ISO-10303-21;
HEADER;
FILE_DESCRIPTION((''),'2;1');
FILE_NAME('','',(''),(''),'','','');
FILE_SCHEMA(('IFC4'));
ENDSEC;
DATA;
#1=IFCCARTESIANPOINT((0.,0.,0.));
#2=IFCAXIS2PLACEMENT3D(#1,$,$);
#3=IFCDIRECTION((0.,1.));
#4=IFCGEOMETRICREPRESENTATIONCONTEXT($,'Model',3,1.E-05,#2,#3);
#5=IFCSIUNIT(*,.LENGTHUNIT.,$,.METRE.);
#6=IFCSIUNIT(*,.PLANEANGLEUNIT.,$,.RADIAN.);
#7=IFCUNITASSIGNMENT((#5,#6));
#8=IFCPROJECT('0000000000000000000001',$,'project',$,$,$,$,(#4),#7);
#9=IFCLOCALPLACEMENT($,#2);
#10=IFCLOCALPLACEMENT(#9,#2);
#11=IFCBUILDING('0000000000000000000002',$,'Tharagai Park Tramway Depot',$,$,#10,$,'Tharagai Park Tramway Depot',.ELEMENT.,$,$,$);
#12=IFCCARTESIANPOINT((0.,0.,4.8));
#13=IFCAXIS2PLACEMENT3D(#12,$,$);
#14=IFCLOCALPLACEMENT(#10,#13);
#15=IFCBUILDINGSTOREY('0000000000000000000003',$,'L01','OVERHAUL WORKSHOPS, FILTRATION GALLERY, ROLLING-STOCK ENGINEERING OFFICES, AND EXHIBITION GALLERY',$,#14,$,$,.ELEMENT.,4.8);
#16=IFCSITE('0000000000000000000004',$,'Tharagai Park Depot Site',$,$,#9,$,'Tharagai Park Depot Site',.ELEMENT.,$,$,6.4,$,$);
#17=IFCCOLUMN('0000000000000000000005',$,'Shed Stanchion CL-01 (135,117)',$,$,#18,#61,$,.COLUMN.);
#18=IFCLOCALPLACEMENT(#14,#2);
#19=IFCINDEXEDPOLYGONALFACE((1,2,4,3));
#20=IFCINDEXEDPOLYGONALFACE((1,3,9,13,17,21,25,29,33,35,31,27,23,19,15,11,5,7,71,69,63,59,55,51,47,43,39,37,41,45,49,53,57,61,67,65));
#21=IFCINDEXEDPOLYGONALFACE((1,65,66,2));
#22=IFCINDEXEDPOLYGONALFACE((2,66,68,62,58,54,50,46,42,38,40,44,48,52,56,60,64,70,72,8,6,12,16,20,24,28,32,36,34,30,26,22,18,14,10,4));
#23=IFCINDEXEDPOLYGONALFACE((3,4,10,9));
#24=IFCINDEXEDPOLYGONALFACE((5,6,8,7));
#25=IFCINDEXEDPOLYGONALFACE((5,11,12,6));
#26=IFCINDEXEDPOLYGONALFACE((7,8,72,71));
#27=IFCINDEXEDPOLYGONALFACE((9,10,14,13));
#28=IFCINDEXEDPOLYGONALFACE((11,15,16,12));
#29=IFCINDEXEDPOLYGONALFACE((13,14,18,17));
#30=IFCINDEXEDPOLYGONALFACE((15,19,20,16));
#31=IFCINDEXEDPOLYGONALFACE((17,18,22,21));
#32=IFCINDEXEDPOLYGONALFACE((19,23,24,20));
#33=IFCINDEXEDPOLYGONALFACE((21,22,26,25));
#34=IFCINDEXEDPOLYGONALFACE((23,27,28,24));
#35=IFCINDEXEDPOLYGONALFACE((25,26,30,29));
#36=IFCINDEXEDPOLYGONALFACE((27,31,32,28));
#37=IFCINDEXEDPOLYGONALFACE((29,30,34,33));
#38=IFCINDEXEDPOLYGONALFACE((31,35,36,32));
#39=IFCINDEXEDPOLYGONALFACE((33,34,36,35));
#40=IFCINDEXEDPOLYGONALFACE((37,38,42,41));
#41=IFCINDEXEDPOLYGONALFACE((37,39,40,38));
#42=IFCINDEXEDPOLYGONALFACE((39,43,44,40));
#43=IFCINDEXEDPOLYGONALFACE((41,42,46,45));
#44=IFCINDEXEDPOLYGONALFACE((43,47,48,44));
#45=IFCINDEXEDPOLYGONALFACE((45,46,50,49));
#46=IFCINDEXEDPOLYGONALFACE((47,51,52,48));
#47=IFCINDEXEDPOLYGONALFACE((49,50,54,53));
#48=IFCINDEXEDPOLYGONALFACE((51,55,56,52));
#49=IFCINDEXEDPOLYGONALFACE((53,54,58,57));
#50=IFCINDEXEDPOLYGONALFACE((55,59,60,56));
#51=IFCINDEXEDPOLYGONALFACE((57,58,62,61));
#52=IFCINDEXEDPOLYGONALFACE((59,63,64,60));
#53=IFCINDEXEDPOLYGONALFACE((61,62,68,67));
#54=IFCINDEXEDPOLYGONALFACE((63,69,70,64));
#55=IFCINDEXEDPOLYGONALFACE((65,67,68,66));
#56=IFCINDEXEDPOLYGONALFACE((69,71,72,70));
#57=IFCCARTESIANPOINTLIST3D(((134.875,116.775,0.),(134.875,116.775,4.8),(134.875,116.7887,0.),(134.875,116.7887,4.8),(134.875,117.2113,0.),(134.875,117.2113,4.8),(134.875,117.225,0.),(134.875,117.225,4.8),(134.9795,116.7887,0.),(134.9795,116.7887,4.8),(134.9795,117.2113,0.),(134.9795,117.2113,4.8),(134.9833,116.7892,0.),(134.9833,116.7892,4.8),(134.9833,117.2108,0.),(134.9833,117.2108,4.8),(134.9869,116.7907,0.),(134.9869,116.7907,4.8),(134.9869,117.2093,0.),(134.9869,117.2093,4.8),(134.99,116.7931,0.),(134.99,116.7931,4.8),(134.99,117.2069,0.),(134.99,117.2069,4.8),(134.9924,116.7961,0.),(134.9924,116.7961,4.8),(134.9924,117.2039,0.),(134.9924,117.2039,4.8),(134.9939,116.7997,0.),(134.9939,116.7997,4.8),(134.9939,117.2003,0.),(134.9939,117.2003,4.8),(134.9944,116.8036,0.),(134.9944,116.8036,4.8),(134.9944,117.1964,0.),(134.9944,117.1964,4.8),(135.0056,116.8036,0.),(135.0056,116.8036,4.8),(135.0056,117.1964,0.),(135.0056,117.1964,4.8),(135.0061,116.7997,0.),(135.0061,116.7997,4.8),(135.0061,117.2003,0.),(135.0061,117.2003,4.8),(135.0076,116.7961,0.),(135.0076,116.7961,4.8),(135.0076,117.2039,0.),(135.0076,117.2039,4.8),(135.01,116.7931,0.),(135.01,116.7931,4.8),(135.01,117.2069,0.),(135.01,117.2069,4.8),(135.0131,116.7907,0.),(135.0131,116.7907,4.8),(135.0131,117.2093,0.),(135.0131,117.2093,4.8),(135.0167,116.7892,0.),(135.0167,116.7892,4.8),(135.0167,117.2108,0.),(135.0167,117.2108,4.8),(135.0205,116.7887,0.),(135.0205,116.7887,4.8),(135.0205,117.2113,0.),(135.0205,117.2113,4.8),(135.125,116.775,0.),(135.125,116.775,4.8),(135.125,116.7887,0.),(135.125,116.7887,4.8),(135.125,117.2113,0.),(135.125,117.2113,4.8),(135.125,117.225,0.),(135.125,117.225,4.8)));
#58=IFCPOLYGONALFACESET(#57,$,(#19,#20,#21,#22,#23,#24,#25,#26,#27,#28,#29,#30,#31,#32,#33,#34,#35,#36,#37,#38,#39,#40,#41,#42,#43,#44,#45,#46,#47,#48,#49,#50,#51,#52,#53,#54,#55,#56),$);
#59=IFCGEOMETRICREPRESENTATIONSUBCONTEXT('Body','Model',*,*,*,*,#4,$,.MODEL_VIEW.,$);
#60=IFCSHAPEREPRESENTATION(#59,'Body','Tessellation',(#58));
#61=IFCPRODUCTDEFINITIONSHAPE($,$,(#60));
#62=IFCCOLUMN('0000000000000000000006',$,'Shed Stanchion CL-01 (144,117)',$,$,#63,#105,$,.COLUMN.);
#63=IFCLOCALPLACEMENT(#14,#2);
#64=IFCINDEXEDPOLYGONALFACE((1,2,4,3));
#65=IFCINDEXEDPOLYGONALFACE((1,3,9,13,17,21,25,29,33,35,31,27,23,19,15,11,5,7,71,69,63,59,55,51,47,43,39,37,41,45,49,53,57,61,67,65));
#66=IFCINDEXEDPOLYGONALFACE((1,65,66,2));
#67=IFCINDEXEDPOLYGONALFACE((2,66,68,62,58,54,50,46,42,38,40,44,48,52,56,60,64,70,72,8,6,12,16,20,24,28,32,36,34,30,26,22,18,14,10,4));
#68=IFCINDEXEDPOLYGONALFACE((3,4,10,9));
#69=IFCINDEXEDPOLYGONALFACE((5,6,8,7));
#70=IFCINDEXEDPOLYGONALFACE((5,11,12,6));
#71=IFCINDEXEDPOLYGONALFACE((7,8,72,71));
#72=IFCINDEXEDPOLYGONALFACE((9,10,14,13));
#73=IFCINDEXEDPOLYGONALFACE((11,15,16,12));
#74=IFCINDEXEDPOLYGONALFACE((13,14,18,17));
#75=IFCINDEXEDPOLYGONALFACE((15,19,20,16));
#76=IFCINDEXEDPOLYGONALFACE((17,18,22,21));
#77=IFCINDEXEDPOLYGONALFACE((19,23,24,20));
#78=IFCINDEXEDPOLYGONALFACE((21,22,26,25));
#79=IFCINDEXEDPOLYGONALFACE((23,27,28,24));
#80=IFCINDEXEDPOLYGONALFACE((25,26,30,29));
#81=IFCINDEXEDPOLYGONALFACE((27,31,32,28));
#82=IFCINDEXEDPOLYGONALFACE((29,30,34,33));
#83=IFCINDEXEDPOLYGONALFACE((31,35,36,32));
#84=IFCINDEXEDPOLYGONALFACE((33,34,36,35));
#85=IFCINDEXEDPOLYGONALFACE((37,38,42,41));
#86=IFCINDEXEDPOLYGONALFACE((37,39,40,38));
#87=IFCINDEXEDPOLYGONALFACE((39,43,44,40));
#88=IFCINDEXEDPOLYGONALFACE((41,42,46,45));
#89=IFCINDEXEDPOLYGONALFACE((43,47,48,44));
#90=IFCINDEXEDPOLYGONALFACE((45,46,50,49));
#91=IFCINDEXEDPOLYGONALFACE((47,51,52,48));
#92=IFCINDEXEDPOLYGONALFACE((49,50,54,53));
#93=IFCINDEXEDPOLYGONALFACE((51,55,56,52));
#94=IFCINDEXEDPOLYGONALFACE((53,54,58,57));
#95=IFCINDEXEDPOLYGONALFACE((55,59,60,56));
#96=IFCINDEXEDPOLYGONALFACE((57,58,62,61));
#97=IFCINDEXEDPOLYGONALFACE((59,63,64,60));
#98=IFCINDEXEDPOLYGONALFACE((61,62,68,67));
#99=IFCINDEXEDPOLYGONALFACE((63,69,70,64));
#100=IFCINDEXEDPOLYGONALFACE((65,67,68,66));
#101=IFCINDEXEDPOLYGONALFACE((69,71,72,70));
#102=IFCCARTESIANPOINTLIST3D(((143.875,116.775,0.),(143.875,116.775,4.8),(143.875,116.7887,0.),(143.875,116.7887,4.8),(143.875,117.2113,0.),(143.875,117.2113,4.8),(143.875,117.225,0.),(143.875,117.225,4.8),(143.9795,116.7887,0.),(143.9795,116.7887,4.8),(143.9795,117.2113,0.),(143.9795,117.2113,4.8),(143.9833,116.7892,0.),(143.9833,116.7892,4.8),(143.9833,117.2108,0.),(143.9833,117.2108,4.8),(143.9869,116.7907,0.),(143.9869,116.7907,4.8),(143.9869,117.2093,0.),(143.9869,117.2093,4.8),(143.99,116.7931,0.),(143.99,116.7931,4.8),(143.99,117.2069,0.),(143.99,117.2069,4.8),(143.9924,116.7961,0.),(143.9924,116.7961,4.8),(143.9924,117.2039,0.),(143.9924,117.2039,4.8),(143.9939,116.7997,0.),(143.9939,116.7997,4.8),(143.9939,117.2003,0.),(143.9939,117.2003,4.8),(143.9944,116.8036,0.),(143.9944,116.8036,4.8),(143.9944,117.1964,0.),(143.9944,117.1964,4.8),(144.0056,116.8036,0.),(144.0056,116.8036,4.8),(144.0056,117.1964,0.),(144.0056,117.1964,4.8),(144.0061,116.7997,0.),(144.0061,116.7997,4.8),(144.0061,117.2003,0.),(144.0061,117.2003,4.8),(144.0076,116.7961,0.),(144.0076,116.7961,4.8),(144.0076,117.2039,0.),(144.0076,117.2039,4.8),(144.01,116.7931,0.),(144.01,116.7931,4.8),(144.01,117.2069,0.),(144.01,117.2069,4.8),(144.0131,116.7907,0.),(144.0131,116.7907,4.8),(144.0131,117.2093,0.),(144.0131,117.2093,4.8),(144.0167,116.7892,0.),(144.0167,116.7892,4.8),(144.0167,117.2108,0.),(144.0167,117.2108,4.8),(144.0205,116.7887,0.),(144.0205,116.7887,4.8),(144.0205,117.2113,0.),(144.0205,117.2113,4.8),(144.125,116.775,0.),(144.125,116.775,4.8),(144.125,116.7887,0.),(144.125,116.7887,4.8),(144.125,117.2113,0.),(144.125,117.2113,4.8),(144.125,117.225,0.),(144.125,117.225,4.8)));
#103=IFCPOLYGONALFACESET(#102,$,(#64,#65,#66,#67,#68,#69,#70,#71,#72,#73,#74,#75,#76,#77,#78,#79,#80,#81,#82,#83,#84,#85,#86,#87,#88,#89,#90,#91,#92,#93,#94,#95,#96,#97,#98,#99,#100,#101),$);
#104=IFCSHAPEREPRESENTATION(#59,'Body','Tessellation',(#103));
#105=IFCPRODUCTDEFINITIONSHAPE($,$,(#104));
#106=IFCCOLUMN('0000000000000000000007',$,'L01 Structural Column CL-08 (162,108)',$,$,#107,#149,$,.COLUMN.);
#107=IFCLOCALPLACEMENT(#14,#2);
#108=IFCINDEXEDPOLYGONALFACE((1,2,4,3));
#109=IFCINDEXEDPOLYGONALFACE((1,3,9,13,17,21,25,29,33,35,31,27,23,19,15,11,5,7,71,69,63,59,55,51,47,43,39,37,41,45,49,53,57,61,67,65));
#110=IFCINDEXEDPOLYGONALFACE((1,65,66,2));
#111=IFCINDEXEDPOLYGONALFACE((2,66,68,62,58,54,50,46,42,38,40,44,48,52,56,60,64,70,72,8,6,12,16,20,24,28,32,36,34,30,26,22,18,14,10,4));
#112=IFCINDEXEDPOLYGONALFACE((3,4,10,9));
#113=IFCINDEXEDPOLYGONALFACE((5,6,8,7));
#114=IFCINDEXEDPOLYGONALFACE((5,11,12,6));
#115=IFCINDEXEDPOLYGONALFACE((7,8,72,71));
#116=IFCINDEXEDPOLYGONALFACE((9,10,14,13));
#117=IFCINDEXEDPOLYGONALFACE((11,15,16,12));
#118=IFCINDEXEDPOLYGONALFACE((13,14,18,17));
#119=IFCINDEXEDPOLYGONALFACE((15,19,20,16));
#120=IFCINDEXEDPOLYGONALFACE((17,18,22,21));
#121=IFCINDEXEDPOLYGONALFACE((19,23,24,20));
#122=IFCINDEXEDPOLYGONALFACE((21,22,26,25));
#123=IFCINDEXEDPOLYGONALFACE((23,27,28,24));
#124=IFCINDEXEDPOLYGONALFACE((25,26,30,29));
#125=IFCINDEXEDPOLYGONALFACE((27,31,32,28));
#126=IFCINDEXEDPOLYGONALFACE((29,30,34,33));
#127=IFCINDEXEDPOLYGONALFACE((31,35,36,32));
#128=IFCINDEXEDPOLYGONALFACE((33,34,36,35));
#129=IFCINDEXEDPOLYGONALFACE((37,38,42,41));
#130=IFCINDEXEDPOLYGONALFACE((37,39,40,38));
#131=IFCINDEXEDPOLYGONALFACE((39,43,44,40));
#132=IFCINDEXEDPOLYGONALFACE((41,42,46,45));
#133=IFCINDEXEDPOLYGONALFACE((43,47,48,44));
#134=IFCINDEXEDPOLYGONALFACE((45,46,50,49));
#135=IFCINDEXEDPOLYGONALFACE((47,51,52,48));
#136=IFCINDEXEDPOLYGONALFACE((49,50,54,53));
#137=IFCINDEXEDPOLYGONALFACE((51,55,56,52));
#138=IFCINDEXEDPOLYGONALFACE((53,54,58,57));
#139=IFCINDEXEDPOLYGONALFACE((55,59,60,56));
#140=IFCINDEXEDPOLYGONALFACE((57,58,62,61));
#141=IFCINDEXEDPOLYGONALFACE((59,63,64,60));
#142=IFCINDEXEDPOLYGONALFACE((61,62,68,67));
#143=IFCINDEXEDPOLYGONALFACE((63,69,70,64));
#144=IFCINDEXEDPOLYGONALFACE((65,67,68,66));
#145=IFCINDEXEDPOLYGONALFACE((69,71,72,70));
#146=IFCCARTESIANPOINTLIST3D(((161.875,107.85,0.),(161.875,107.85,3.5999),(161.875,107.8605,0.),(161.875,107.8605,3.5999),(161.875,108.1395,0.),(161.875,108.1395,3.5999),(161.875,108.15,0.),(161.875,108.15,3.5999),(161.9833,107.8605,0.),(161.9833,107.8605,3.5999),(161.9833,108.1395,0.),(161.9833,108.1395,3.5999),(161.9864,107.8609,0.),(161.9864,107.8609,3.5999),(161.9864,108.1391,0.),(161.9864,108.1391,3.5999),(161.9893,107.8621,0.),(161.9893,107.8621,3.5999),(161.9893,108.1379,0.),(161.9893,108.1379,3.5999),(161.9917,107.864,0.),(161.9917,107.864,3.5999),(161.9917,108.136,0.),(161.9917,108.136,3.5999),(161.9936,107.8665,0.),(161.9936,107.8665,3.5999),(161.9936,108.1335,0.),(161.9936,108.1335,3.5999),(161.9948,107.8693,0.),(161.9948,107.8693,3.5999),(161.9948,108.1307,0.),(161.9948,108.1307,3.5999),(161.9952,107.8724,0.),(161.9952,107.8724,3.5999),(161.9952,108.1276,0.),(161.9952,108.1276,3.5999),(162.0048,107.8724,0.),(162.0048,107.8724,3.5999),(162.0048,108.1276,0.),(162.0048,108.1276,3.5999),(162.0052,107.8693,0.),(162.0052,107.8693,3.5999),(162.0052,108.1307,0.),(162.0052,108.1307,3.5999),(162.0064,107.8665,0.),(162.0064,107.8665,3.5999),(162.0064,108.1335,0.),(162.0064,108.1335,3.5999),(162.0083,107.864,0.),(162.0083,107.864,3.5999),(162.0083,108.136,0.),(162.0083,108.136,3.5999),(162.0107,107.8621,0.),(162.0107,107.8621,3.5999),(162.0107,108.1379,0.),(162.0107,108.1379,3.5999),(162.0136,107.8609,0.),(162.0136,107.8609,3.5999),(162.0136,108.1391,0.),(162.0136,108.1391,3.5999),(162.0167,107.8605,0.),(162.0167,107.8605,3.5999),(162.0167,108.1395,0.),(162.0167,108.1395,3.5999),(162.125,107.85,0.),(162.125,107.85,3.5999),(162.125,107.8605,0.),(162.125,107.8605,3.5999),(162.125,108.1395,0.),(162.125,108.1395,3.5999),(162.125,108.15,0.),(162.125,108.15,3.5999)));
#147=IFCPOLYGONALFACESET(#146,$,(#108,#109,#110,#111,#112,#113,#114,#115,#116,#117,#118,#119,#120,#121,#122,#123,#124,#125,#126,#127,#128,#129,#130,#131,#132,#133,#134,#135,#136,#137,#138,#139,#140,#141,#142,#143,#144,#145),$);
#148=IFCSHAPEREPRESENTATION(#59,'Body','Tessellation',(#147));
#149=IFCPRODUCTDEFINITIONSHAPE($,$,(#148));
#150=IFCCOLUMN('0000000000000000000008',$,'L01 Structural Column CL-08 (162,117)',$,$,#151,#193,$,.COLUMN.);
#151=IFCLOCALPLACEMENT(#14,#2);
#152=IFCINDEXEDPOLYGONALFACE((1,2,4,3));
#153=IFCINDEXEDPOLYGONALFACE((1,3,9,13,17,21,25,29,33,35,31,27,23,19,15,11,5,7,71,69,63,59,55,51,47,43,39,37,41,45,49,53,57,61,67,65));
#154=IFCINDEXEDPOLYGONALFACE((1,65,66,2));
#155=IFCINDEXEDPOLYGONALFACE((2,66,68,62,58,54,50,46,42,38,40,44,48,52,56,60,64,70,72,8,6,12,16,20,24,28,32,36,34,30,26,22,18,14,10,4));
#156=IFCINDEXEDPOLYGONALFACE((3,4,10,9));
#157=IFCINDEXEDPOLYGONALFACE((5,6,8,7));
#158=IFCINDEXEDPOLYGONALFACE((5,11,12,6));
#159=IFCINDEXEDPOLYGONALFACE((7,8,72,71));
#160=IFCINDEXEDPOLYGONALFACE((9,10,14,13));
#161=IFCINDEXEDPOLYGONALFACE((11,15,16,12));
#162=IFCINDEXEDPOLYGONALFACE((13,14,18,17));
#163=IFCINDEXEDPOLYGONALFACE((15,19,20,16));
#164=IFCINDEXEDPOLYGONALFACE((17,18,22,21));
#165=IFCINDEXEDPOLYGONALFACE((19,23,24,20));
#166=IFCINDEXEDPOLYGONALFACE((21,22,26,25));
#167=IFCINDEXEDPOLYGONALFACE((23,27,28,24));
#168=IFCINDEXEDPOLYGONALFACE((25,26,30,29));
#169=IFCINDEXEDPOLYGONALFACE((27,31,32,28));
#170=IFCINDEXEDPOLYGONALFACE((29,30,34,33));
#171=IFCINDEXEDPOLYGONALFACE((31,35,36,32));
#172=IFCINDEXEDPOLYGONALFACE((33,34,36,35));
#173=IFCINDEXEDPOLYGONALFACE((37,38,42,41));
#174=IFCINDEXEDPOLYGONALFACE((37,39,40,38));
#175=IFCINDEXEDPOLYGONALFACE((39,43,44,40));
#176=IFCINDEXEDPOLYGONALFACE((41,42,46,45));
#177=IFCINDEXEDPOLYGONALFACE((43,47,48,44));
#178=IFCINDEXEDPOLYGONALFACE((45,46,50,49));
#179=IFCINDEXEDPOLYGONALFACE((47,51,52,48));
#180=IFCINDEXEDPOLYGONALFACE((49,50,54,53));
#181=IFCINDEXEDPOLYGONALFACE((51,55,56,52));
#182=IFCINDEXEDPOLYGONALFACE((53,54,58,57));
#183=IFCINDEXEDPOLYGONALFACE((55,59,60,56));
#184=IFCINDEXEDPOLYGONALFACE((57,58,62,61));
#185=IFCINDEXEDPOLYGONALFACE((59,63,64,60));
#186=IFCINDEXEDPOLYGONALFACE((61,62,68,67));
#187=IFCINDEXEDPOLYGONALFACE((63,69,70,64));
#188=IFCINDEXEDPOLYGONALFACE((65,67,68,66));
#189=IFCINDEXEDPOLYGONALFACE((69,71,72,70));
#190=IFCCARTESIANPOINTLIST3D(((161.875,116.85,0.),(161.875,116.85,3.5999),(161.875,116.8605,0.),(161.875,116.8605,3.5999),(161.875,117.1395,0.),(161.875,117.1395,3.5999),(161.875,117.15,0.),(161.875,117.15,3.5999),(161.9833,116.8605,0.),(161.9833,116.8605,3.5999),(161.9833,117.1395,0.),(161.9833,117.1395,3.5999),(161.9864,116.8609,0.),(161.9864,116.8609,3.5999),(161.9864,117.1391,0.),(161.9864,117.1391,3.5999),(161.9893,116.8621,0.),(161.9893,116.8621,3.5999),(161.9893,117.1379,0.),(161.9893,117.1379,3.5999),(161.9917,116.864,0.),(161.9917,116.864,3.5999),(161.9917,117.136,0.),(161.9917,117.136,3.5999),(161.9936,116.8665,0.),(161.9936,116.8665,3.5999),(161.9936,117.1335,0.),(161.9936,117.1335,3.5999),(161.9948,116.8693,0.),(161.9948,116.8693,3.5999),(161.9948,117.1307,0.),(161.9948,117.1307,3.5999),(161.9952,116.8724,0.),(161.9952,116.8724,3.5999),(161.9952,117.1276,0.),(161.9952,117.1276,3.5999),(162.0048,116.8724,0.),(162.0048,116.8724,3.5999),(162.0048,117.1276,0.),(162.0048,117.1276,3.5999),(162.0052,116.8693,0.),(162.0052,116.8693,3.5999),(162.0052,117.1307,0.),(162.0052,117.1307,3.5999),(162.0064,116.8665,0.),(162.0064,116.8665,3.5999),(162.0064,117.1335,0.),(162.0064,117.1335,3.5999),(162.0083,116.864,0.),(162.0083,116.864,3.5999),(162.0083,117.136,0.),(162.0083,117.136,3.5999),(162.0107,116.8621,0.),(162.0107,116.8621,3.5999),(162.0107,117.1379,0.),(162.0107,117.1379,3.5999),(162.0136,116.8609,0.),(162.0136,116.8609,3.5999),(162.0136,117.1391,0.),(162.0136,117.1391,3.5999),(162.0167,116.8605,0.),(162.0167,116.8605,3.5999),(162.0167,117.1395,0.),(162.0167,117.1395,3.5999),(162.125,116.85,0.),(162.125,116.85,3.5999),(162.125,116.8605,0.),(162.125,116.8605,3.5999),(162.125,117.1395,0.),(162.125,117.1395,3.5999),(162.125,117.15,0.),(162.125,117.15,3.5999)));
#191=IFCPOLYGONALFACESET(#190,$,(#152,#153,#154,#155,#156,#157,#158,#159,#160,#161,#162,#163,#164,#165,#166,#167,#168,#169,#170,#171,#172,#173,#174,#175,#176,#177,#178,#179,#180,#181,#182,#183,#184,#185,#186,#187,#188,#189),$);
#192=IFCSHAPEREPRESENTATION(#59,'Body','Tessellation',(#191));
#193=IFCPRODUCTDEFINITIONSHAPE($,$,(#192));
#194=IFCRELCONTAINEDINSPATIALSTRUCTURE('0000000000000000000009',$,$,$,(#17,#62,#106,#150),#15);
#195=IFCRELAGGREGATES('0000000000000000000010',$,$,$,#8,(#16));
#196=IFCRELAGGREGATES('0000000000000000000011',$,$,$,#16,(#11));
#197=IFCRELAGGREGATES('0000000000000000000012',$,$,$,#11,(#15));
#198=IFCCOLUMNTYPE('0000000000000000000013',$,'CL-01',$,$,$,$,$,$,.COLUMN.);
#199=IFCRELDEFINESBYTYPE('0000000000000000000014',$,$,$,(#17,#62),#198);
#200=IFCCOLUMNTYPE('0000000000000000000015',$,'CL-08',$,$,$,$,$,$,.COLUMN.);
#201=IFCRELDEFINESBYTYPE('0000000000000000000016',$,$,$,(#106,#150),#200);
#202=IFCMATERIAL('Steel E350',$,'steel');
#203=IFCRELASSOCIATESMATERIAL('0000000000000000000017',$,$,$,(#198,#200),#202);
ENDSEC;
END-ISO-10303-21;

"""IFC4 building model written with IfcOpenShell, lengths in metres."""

from ifc_helpers import new_model, si_unit, direction, frame, origin, origin_2d, place, context, subcontext, project, spatial, i_section, extrude, material, material_profile, profile_set, type_object, element, save


model = new_model("IFC4")

# Units and contexts
model_context = context("Model", 3, precision=1e-05, world=origin(), true_north=direction((0.0, 1.0)))
body_context = subcontext(model_context, "Body", "Model", "MODEL_VIEW")
ifc_project = project(units=[si_unit("LENGTHUNIT", "METRE"), si_unit("PLANEANGLEUNIT", "RADIAN")], contexts=[model_context])

# Site, building, storey
site_placement = place(None, origin())
site = spatial("IfcSite", under=ifc_project, at=site_placement, Name="Tharagai Park Depot Site", LongName="Tharagai Park Depot Site", CompositionType="ELEMENT", RefElevation=6.4)
building_placement = place(site_placement, origin())
building = spatial("IfcBuilding", under=site, at=building_placement, Name="Tharagai Park Tramway Depot", LongName="Tharagai Park Tramway Depot", CompositionType="ELEMENT")
storey_placement = place(building_placement, frame((0.0, 0.0, 4.8)))
storey = spatial("IfcBuildingStorey", under=building, at=storey_placement, Name="L01", Description="OVERHAUL WORKSHOPS, FILTRATION GALLERY, ROLLING-STOCK ENGINEERING OFFICES, AND EXHIBITION GALLERY", CompositionType="ELEMENT", Elevation=4.8)

# Columns
ifc_material_1 = material(Name="Steel E350", Category="steel")
ifc_material_profile_1 = material_profile(ifc_material_1, i_section(OverallWidth=0.25, OverallDepth=0.45, WebThickness=0.0112, FlangeThickness=0.0137, FilletRadius=0.0149, at=origin_2d()), Name="ISHB 450")
ifc_profile_set_1 = profile_set([ifc_material_profile_1], Name="Steel E350")
column_type_1 = type_object("IfcColumnType", Name="CL-01", PredefinedType="COLUMN", material=ifc_profile_set_1)
for number, where, z_axis, x_axis, name in (
    (1, (135.0, 117.0, 0.0), (0.0, 0.0, 1.0), (1.0, 0.0, 0.0), "Shed Stanchion CL-01 (135,117)"),
    (2, (144.0, 117.0, 0.0), (0.0, 0.0, 1.0), (1.0, 0.0, 0.0), "Shed Stanchion CL-01 (144,117)"),
):
    element("IfcColumn", number, at=place(storey_placement, frame(where, z_axis=z_axis, x_axis=x_axis)), inside=storey, type_object=column_type_1, Name=name, PredefinedType="COLUMN", context=body_context, shape_type="SweptSolid", body=[
        extrude(i_section(OverallWidth=0.25, OverallDepth=0.45, WebThickness=0.0112, FlangeThickness=0.0137, FilletRadius=0.0149, at=origin_2d()), origin(), (0.0, 0.0, 1.0), 4.8),
    ])
ifc_material_profile_2 = material_profile(ifc_material_1, i_section(OverallWidth=0.25, OverallDepth=0.3, WebThickness=0.0095, FlangeThickness=0.0105, FilletRadius=0.012, at=origin_2d()), Name="ISHB 300")
ifc_profile_set_2 = profile_set([ifc_material_profile_2], Name="Steel E350")
column_type_2 = type_object("IfcColumnType", Name="CL-08", PredefinedType="COLUMN", material=ifc_profile_set_2)
for number, where, z_axis, x_axis, name in (
    (3, (162.0, 108.0, 0.0), (0.0, 0.0, 1.0), (1.0, 0.0, 0.0), "L01 Structural Column CL-08 (162,108)"),
    (4, (162.0, 117.0, 0.0), (0.0, 0.0, 1.0), (1.0, 0.0, 0.0), "L01 Structural Column CL-08 (162,117)"),
):
    element("IfcColumn", number, at=place(storey_placement, frame(where, z_axis=z_axis, x_axis=x_axis)), inside=storey, type_object=column_type_2, Name=name, PredefinedType="COLUMN", context=body_context, shape_type="SweptSolid", body=[
        extrude(i_section(OverallWidth=0.25, OverallDepth=0.3, WebThickness=0.0095, FlangeThickness=0.0105, FilletRadius=0.012, at=origin_2d()), origin(), (0.0, 0.0, 1.0), 3.5999),
    ])

save(model, "model.ifc")
